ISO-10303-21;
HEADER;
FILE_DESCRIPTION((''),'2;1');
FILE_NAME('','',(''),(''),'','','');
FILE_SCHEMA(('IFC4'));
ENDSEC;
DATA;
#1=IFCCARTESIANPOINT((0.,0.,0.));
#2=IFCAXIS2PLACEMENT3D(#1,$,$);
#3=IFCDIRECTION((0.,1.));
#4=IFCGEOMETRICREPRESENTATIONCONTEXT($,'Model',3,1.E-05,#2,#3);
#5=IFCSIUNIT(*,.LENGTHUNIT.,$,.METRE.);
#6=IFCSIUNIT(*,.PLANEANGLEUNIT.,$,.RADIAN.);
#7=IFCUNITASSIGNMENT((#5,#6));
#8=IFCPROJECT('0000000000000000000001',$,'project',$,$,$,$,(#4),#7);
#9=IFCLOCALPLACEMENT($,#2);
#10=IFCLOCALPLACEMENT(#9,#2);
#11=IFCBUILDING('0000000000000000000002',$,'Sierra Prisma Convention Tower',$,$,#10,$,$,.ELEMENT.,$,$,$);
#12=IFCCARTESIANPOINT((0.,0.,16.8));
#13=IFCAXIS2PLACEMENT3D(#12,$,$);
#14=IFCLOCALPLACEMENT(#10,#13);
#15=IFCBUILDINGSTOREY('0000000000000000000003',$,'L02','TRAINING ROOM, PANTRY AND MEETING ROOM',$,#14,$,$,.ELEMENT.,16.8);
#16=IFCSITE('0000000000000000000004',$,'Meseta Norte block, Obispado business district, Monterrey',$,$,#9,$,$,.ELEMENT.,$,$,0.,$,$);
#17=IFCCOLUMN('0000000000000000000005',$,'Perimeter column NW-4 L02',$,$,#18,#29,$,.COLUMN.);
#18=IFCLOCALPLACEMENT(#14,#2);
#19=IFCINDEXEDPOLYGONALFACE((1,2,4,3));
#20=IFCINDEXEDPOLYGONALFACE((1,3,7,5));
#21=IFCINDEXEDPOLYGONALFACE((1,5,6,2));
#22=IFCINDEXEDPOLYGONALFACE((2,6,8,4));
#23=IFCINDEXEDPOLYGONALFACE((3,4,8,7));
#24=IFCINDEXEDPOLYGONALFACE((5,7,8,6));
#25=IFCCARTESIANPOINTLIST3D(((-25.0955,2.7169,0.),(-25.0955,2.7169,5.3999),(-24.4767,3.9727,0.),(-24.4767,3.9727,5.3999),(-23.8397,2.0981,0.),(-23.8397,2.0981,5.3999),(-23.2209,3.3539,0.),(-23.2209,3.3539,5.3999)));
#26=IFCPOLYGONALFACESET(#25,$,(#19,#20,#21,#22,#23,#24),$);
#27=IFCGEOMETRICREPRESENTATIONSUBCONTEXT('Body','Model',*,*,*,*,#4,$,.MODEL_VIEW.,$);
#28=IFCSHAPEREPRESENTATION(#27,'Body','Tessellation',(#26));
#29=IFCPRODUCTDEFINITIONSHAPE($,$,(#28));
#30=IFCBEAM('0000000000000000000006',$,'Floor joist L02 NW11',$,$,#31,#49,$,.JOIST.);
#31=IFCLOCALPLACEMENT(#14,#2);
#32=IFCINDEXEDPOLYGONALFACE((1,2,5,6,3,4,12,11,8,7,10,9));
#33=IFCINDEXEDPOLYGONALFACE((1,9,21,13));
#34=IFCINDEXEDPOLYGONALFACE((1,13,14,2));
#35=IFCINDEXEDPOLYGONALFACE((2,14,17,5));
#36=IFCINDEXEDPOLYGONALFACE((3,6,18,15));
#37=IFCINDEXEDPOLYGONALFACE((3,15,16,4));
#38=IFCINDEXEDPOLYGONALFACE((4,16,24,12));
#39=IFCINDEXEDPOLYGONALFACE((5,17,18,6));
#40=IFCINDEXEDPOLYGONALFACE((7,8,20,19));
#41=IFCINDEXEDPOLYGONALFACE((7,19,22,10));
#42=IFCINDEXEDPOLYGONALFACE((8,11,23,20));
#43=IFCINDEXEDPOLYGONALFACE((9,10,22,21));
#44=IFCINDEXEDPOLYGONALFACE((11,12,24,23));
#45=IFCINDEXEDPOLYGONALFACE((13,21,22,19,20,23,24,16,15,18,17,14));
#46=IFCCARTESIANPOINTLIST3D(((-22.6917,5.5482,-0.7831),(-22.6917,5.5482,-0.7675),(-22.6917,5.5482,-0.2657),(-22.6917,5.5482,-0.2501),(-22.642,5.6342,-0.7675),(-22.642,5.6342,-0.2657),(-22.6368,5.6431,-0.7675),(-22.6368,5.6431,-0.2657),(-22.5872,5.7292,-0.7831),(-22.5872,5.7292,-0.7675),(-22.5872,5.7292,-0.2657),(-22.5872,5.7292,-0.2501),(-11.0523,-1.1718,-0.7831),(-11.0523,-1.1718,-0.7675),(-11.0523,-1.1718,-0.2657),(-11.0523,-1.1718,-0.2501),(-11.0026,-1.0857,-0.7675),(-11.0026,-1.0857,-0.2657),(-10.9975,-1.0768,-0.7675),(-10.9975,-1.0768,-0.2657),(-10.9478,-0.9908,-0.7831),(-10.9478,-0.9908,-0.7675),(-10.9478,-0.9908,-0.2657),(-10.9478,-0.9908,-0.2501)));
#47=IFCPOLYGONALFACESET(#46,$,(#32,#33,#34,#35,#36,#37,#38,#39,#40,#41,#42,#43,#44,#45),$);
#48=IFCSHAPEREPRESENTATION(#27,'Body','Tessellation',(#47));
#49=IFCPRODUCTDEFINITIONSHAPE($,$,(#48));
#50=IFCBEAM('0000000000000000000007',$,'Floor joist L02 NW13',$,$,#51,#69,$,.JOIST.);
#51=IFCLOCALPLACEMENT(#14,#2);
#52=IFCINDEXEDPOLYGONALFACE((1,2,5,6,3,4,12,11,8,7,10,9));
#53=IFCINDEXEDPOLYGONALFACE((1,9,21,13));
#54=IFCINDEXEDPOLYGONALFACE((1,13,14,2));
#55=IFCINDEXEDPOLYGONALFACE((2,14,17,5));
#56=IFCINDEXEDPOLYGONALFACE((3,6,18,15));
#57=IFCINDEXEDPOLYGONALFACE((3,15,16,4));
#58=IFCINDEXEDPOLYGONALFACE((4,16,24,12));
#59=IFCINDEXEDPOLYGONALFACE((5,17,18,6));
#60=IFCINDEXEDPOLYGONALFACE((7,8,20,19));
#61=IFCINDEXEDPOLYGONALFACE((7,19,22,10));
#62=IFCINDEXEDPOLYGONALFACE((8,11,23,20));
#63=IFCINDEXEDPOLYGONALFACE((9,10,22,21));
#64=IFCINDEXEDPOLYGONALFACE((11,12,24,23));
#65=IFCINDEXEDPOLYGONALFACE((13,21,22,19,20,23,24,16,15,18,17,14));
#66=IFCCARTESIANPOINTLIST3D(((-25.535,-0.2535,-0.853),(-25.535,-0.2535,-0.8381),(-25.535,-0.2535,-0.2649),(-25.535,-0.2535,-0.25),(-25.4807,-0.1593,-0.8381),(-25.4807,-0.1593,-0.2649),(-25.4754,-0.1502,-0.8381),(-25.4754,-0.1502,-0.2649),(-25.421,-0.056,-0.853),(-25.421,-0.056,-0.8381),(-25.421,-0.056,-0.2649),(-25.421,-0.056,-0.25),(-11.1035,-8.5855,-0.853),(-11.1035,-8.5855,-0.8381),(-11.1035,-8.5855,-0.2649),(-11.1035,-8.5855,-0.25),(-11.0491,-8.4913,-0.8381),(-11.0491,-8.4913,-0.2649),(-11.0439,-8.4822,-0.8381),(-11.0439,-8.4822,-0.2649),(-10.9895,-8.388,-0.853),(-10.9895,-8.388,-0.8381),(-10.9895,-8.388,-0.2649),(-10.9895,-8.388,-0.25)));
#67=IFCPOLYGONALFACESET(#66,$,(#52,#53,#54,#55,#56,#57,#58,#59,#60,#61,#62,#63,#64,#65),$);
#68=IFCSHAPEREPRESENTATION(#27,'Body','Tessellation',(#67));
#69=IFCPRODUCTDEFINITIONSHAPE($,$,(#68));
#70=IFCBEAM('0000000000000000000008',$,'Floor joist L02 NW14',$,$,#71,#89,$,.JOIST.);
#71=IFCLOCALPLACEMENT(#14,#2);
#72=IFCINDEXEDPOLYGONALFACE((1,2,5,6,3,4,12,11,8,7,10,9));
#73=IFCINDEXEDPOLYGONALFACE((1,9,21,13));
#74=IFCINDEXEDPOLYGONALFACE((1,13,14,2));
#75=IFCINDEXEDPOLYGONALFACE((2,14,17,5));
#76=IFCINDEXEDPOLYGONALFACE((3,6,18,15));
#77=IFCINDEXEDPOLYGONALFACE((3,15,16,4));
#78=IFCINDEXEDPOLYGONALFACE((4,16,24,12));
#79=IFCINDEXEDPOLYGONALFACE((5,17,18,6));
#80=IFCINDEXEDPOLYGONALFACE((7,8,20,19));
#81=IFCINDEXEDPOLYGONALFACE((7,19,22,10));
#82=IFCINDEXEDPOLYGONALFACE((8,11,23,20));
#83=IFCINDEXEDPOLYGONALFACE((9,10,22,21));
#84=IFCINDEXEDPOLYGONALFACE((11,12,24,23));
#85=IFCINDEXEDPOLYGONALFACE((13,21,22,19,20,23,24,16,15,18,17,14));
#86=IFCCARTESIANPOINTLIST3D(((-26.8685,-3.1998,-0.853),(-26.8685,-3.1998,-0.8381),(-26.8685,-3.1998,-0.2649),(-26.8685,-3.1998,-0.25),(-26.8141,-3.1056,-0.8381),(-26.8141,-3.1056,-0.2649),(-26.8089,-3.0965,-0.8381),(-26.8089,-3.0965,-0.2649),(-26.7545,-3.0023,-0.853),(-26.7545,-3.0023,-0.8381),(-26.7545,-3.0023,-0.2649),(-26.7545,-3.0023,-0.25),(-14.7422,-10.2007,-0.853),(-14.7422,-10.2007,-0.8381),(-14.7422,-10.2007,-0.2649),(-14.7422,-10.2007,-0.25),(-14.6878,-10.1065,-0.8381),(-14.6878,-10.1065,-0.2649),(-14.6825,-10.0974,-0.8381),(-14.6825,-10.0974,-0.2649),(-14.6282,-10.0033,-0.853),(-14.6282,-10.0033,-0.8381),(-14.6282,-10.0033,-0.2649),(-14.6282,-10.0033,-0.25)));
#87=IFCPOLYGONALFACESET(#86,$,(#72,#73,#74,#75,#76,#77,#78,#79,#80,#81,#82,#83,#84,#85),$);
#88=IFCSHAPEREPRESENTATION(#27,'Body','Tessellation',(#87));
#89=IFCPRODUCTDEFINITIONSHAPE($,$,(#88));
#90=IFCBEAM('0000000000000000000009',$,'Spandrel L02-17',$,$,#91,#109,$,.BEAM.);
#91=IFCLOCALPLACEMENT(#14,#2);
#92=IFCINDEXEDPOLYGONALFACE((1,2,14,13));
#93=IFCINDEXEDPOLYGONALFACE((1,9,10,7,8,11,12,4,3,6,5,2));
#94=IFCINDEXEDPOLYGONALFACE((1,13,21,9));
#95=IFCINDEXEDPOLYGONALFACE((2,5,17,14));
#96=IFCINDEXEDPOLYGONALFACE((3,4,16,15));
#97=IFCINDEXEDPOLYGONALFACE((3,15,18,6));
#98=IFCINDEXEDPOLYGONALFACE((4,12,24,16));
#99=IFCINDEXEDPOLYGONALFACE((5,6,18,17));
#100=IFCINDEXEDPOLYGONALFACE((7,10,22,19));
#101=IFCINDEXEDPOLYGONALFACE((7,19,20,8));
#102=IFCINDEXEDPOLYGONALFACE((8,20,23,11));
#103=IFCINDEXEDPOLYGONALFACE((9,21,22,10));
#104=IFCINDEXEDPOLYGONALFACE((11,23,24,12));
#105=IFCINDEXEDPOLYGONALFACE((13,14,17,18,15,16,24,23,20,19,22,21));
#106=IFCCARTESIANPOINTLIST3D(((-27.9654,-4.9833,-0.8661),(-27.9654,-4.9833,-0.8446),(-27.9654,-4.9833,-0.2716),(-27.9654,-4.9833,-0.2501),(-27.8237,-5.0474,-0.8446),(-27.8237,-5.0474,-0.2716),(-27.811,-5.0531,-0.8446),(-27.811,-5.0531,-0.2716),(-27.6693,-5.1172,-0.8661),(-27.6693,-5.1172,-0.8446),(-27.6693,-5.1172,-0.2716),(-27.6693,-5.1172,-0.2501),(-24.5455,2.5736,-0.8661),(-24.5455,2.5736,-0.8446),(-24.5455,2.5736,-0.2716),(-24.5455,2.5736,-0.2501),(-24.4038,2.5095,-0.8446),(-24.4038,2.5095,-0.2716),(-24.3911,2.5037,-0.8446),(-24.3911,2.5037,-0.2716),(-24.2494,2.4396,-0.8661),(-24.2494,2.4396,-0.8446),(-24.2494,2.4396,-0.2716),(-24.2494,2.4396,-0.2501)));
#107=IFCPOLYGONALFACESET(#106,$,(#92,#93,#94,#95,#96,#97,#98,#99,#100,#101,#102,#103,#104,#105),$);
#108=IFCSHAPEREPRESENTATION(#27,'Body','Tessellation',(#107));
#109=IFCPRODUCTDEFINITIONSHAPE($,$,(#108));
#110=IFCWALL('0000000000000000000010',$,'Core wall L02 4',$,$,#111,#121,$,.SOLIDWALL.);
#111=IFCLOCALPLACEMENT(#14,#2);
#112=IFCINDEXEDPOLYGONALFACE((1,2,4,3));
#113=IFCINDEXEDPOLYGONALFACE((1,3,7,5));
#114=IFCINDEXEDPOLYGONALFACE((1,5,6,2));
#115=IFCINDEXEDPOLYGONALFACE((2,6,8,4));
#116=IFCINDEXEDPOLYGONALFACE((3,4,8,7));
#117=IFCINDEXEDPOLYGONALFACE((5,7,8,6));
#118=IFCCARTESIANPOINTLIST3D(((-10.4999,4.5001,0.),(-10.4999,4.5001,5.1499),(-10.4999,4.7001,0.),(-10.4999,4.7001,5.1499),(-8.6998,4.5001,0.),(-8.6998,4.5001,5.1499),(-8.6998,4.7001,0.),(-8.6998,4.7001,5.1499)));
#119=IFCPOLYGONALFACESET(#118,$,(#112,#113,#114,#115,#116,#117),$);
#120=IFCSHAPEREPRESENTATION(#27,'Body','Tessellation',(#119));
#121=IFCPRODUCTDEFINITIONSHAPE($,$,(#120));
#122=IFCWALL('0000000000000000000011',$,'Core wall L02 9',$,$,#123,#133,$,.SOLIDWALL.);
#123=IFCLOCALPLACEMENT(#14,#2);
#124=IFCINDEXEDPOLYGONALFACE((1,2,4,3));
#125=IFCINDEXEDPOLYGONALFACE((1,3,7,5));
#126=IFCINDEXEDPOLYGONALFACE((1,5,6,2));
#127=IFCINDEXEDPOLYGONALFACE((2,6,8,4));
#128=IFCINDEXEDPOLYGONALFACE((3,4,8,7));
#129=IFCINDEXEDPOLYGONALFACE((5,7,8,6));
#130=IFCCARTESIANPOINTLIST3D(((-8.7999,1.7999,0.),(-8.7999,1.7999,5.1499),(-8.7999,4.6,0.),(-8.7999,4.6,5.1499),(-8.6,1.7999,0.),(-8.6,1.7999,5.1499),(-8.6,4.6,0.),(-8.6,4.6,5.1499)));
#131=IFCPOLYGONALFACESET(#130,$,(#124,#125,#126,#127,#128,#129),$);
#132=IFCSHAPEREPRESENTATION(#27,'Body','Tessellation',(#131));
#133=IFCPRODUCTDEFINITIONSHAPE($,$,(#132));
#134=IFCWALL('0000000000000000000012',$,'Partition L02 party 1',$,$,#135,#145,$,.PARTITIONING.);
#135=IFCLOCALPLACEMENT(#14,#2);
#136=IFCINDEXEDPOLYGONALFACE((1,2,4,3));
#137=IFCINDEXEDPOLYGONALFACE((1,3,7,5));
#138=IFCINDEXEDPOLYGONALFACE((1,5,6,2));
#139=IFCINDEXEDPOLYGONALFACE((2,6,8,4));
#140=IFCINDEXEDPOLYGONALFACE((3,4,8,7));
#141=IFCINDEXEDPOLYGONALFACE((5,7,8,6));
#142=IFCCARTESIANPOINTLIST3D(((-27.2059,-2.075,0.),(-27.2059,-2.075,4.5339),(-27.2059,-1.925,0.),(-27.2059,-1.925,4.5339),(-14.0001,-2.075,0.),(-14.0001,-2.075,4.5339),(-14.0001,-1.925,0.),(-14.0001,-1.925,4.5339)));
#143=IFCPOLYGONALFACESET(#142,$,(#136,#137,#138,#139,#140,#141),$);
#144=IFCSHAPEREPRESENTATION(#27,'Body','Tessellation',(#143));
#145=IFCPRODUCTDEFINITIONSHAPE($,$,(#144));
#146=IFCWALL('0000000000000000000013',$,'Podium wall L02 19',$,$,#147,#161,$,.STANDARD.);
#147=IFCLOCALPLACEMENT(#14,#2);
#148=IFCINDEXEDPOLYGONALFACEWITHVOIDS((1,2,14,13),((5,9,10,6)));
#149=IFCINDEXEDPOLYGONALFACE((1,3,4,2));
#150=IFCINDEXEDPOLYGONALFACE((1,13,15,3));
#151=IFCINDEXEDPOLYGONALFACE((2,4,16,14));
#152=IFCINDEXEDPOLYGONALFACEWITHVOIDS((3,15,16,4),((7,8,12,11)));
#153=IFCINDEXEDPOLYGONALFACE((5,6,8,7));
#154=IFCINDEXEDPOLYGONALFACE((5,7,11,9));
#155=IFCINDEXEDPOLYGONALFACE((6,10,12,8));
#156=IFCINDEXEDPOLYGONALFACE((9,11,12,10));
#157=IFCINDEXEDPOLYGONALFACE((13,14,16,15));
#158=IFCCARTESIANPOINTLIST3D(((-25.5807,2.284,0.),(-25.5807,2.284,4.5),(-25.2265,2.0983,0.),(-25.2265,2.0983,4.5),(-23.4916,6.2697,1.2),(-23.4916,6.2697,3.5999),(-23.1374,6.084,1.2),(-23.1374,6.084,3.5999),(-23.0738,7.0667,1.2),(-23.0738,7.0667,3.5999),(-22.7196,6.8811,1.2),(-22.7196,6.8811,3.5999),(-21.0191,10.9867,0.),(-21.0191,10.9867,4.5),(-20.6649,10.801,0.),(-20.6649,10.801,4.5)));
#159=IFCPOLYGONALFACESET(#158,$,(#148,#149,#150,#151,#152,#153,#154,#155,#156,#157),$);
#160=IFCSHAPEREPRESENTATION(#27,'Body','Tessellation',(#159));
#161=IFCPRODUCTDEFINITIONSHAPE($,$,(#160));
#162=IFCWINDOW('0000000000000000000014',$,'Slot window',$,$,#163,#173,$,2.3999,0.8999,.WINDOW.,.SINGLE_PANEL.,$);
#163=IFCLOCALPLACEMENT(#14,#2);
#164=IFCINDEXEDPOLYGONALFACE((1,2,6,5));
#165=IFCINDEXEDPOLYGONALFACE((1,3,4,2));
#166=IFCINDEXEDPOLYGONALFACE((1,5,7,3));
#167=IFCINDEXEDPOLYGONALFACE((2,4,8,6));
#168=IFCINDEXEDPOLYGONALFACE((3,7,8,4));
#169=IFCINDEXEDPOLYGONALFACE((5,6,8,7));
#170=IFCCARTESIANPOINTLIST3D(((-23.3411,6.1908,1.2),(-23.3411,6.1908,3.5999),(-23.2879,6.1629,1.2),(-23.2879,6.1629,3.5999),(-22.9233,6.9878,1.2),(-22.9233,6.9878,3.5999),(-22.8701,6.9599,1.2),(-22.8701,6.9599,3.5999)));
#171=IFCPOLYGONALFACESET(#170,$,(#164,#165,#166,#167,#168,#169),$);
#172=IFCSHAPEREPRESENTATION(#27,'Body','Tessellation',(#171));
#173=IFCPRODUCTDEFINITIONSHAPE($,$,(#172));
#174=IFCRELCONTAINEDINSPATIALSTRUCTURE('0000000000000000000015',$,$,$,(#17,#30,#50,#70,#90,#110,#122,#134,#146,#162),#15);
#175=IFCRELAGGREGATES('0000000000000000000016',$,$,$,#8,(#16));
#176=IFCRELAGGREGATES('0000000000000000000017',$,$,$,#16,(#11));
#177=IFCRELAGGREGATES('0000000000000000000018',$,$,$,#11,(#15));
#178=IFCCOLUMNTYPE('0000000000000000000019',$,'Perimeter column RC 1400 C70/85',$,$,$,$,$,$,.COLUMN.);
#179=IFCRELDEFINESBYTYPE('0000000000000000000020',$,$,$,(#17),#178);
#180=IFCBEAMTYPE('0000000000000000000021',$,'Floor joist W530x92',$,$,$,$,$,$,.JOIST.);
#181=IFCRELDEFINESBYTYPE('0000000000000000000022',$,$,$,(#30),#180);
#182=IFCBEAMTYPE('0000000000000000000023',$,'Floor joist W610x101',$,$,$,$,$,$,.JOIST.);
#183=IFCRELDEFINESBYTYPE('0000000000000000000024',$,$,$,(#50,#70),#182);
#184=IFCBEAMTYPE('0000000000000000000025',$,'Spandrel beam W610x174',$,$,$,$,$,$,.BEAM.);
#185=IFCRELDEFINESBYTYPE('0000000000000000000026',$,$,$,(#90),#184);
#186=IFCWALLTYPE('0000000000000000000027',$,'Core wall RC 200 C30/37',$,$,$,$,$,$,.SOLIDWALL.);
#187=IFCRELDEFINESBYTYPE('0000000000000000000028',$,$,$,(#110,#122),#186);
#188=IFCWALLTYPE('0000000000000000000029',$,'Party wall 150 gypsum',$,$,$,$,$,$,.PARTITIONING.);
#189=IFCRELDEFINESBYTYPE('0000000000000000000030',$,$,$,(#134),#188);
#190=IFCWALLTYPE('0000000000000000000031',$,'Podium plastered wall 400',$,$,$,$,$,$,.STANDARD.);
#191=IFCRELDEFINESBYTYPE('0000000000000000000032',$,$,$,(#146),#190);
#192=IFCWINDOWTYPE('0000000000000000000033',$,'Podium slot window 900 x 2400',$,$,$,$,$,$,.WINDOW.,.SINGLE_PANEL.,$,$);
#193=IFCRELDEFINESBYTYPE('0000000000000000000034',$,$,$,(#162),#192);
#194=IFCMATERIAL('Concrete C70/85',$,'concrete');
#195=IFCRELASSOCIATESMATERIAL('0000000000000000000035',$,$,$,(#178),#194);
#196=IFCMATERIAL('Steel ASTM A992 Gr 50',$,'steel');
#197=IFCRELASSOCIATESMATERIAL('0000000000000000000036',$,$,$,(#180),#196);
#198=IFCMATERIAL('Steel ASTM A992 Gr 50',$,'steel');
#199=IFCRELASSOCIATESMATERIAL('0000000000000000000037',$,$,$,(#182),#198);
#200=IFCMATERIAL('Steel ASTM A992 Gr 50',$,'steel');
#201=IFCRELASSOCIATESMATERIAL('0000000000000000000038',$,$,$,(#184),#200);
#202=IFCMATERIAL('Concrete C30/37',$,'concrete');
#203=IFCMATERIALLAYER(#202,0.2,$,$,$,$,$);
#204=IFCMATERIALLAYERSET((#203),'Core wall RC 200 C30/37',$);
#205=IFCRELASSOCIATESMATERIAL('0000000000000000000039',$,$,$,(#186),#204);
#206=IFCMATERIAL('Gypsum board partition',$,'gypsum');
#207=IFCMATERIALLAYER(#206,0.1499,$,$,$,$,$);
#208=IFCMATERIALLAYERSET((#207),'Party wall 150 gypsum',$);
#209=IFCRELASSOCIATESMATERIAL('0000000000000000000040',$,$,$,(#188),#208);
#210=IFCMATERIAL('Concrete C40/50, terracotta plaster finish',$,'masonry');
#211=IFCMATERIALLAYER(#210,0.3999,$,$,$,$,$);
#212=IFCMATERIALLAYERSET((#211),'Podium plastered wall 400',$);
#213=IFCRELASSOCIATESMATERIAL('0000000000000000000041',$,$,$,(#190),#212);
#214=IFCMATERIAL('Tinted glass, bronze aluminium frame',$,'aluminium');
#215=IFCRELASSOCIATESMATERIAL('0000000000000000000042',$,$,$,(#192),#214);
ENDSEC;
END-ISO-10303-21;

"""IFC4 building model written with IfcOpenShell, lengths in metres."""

from ifc_helpers import new_model, si_unit, direction, frame, frame_2d, origin, origin_2d, place, context, subcontext, project, spatial, rectangle, i_section, extrude, material, layer, layer_set, material_profile, profile_set, type_object, element, fill, save


model = new_model("IFC4")

# Units and contexts
model_context = context("Model", 3, precision=1e-05, world=origin(), true_north=direction((0.0, 1.0)))
body_context = subcontext(model_context, "Body", "Model", "MODEL_VIEW")
ifc_project = project(units=[si_unit("LENGTHUNIT", "METRE"), si_unit("PLANEANGLEUNIT", "RADIAN")], contexts=[model_context])

# Site, building, storey
site_placement = place(None, origin())
site = spatial("IfcSite", under=ifc_project, at=site_placement, Name="Meseta Norte block, Obispado business district, Monterrey", CompositionType="ELEMENT", RefElevation=0.0)
building_placement = place(site_placement, origin())
building = spatial("IfcBuilding", under=site, at=building_placement, Name="Sierra Prisma Convention Tower", CompositionType="ELEMENT")
storey_placement = place(building_placement, frame((0.0, 0.0, 16.8)))
storey = spatial("IfcBuildingStorey", under=building, at=storey_placement, Name="L02", Description="TRAINING ROOM, PANTRY AND MEETING ROOM", CompositionType="ELEMENT", Elevation=16.8)

# Column
ifc_material_1 = material(Name="Concrete C70/85", Category="concrete")
ifc_material_profile_1 = material_profile(ifc_material_1, rectangle(XDim=1.3999, YDim=1.3999, at=origin_2d()), Name="Perimeter column RC 1400 C70/85")
ifc_profile_set_1 = profile_set([ifc_material_profile_1], Name="Concrete C70/85")
column_type = type_object("IfcColumnType", Name="Perimeter column RC 1400 C70/85", PredefinedType="COLUMN", material=ifc_profile_set_1)
column_placement = place(storey_placement, frame((-24.1582, 3.0354, 0.0), z_axis=(0.0, 0.0, 1.0), x_axis=(0.442023, 0.897004, 0.0)))
element("IfcColumn", 1, at=column_placement, inside=storey, type_object=column_type, Name="Perimeter column NW-4 L02", PredefinedType="COLUMN", context=body_context, shape_type="SweptSolid", body=[
    extrude(rectangle(XDim=1.3999, YDim=1.3999, at=origin_2d()), origin(), (0.0, 0.0, 1.0), 5.3999),
])

# Beams
ifc_material_2 = material(Name="Steel ASTM A992 Gr 50", Category="steel")
ifc_material_profile_2 = material_profile(ifc_material_2, i_section(OverallWidth=0.209, OverallDepth=0.533, WebThickness=0.0103, FlangeThickness=0.0156, at=origin_2d()), Name="W530x92")
ifc_profile_set_2 = profile_set([ifc_material_profile_2], Name="Steel ASTM A992 Gr 50")
beam_type_1 = type_object("IfcBeamType", Name="Floor joist W530x92", PredefinedType="JOIST", material=ifc_profile_set_2)
beam_1_placement = place(storey_placement, frame((-22.6394, 5.6387, -0.5166), z_axis=(0.866027, -0.499998, 0.0), x_axis=(0.499998, 0.866027, 0.0)))
element("IfcBeam", 2, at=beam_1_placement, inside=storey, type_object=beam_type_1, Name="Floor joist L02 NW11", PredefinedType="JOIST", context=body_context, shape_type="SweptSolid", body=[
    extrude(i_section(OverallWidth=0.209, OverallDepth=0.533, WebThickness=0.0103, FlangeThickness=0.0156, at=origin_2d()), origin(), (0.0, 0.0, 1.0), 13.4399),
])
ifc_material_3 = material(Name="Steel ASTM A992 Gr 50", Category="steel")
ifc_material_profile_3 = material_profile(ifc_material_3, i_section(OverallWidth=0.228, OverallDepth=0.603, WebThickness=0.0105, FlangeThickness=0.0149, at=origin_2d()), Name="W610x101")
ifc_profile_set_3 = profile_set([ifc_material_profile_3], Name="Steel ASTM A992 Gr 50")
beam_type_2 = type_object("IfcBeamType", Name="Floor joist W610x101", PredefinedType="JOIST", material=ifc_profile_set_3)
beam_2_placement = place(storey_placement, frame((-25.478, -0.1548, -0.5515), z_axis=(0.866027, -0.499996, 0.0), x_axis=(0.499996, 0.866027, 0.0)))
element("IfcBeam", 3, at=beam_2_placement, inside=storey, type_object=beam_type_2, Name="Floor joist L02 NW13", PredefinedType="JOIST", context=body_context, shape_type="SweptSolid", body=[
    extrude(i_section(OverallWidth=0.228, OverallDepth=0.603, WebThickness=0.0105, FlangeThickness=0.0149, at=origin_2d()), origin(), (0.0, 0.0, 1.0), 16.6641),
])
beam_3_placement = place(storey_placement, frame((-26.8115, -3.1011, -0.5515), z_axis=(0.866033, -0.499987, 0.0), x_axis=(0.499987, 0.866033, 0.0)))
element("IfcBeam", 4, at=beam_3_placement, inside=storey, type_object=beam_type_2, Name="Floor joist L02 NW14", PredefinedType="JOIST", context=body_context, shape_type="SweptSolid", body=[
    extrude(i_section(OverallWidth=0.228, OverallDepth=0.603, WebThickness=0.0105, FlangeThickness=0.0149, at=origin_2d()), origin(), (0.0, 0.0, 1.0), 14.0022),
])
ifc_material_4 = material(Name="Steel ASTM A992 Gr 50", Category="steel")
ifc_material_profile_4 = material_profile(ifc_material_4, i_section(OverallWidth=0.325, OverallDepth=0.616, WebThickness=0.0139, FlangeThickness=0.0215, at=origin_2d()), Name="W610x174")
ifc_profile_set_4 = profile_set([ifc_material_profile_4], Name="Steel ASTM A992 Gr 50")
beam_type_3 = type_object("IfcBeamType", Name="Spandrel beam W610x174", PredefinedType="BEAM", material=ifc_profile_set_4)
beam_4_placement = place(storey_placement, frame((-24.3975, 2.5066, -0.5581), z_axis=(-0.412301, -0.911048, 0.0), x_axis=(0.911048, -0.412301, 0.0)))
element("IfcBeam", 5, at=beam_4_placement, inside=storey, type_object=beam_type_3, Name="Spandrel L02-17", PredefinedType="BEAM", context=body_context, shape_type="SweptSolid", body=[
    extrude(i_section(OverallWidth=0.325, OverallDepth=0.616, WebThickness=0.0139, FlangeThickness=0.0215, at=origin_2d()), origin(), (0.0, 0.0, 1.0), 8.2947),
])

# Shared definitions
ifc_material_5 = material(Name="Concrete C30/37", Category="concrete")
ifc_layer_1 = layer(ifc_material_5, 0.2)
ifc_layer_set_1 = layer_set([ifc_layer_1], Name="Core wall RC 200 C30/37")
wall_type_1 = type_object("IfcWallType", Name="Core wall RC 200 C30/37", PredefinedType="SOLIDWALL", material=ifc_layer_set_1)

# Wall
wall_1_placement = place(storey_placement, frame((-8.7, 4.6001, 0.0), z_axis=(0.0, 0.0, 1.0), x_axis=(-1.0, 0.0, 0.0)))
element("IfcWall", 6, at=wall_1_placement, inside=storey, type_object=wall_type_1, Name="Core wall L02 4", PredefinedType="SOLIDWALL", context=body_context, shape_type="SweptSolid", body=[
    extrude(rectangle(XDim=1.8, YDim=0.2, at=frame_2d((0.8999, 0.0))), origin(), (0.0, 0.0, 1.0), 5.1499),
])

# Walls
wall_2_placement = place(storey_placement, frame((-8.7, 1.8, 0.0), z_axis=(0.0, 0.0, 1.0), x_axis=(0.0, 1.0, 0.0)))
element("IfcWall", 7, at=wall_2_placement, inside=storey, type_object=wall_type_1, Name="Core wall L02 9", PredefinedType="SOLIDWALL", context=body_context, shape_type="SweptSolid", body=[
    extrude(rectangle(XDim=2.8, YDim=0.2, at=frame_2d((1.3999, 0.0))), origin(), (0.0, 0.0, 1.0), 5.1499),
])
ifc_material_6 = material(Name="Gypsum board partition", Category="gypsum")
ifc_layer_2 = layer(ifc_material_6, 0.1499)
ifc_layer_set_2 = layer_set([ifc_layer_2], Name="Party wall 150 gypsum")
wall_type_2 = type_object("IfcWallType", Name="Party wall 150 gypsum", PredefinedType="PARTITIONING", material=ifc_layer_set_2)
wall_3_placement = place(storey_placement, frame((-14.0, -2.0, 0.0), z_axis=(0.0, 0.0, 1.0), x_axis=(-1.0, 0.0, 0.0)))
element("IfcWall", 8, at=wall_3_placement, inside=storey, type_object=wall_type_2, Name="Partition L02 party 1", PredefinedType="PARTITIONING", context=body_context, shape_type="SweptSolid", body=[
    extrude(rectangle(XDim=13.2058, YDim=0.1499, at=frame_2d((6.603, 0.0))), origin(), (0.0, 0.0, 1.0), 4.5339),
])

# Wall, opening, window
ifc_material_7 = material(Name="Concrete C40/50, terracotta plaster finish", Category="masonry")
ifc_layer_3 = layer(ifc_material_7, 0.3999)
ifc_layer_set_3 = layer_set([ifc_layer_3], Name="Podium plastered wall 400")
wall_type_3 = type_object("IfcWallType", Name="Podium plastered wall 400", PredefinedType="STANDARD", material=ifc_layer_set_3)
wall_4_placement = place(storey_placement, frame((-25.4036, 2.1912, 0.0), z_axis=(0.0, 0.0, 1.0), x_axis=(0.464247, 0.885706, 0.0)))
wall_4 = element("IfcWall", 9, at=wall_4_placement, inside=storey, type_object=wall_type_3, Name="Podium wall L02 19", PredefinedType="STANDARD", context=body_context, shape_type="SweptSolid", body=[
    extrude(rectangle(XDim=9.8257, YDim=0.3999, at=frame_2d((4.9128, 0.0))), origin(), (0.0, 0.0, 1.0), 4.5),
])
opening_1_placement = place(wall_4_placement, frame((4.5, 0.0, 1.2)))
opening_1 = element("IfcOpeningElement", 10, at=opening_1_placement, cuts=wall_4, PredefinedType="OPENING", context=body_context, shape_type="SweptSolid", body=[
    extrude(rectangle(XDim=0.8999, YDim=2.3999, at=frame_2d((0.45, 1.2))), frame((0.0, 0.2, 0.0), z_axis=(0.0, -1.0, 0.0), x_axis=(1.0, 0.0, 0.0)), (0.0, 0.0, 1.0), 0.3999),
])
ifc_material_8 = material(Name="Tinted glass, bronze aluminium frame", Category="aluminium")
window_type = type_object("IfcWindowType", Name="Podium slot window 900 x 2400", PartitioningType="SINGLE_PANEL", PredefinedType="WINDOW", material=ifc_material_8)
window_placement = place(opening_1_placement, origin())
window = element("IfcWindow", 11, at=window_placement, inside=storey, type_object=window_type, Name="Slot window", OverallHeight=2.3999, OverallWidth=0.8999, PartitioningType="SINGLE_PANEL", PredefinedType="WINDOW", context=body_context, shape_type="SweptSolid", body=[
    extrude(rectangle(XDim=0.8999, YDim=2.3999, at=frame_2d((0.45, 1.2))), frame((0.0, 0.03, 0.0), z_axis=(0.0, -1.0, 0.0), x_axis=(1.0, 0.0, 0.0)), (0.0, 0.0, 1.0), 0.0601),
])
fill(opening_1, window)

save(model, "model.ifc")
